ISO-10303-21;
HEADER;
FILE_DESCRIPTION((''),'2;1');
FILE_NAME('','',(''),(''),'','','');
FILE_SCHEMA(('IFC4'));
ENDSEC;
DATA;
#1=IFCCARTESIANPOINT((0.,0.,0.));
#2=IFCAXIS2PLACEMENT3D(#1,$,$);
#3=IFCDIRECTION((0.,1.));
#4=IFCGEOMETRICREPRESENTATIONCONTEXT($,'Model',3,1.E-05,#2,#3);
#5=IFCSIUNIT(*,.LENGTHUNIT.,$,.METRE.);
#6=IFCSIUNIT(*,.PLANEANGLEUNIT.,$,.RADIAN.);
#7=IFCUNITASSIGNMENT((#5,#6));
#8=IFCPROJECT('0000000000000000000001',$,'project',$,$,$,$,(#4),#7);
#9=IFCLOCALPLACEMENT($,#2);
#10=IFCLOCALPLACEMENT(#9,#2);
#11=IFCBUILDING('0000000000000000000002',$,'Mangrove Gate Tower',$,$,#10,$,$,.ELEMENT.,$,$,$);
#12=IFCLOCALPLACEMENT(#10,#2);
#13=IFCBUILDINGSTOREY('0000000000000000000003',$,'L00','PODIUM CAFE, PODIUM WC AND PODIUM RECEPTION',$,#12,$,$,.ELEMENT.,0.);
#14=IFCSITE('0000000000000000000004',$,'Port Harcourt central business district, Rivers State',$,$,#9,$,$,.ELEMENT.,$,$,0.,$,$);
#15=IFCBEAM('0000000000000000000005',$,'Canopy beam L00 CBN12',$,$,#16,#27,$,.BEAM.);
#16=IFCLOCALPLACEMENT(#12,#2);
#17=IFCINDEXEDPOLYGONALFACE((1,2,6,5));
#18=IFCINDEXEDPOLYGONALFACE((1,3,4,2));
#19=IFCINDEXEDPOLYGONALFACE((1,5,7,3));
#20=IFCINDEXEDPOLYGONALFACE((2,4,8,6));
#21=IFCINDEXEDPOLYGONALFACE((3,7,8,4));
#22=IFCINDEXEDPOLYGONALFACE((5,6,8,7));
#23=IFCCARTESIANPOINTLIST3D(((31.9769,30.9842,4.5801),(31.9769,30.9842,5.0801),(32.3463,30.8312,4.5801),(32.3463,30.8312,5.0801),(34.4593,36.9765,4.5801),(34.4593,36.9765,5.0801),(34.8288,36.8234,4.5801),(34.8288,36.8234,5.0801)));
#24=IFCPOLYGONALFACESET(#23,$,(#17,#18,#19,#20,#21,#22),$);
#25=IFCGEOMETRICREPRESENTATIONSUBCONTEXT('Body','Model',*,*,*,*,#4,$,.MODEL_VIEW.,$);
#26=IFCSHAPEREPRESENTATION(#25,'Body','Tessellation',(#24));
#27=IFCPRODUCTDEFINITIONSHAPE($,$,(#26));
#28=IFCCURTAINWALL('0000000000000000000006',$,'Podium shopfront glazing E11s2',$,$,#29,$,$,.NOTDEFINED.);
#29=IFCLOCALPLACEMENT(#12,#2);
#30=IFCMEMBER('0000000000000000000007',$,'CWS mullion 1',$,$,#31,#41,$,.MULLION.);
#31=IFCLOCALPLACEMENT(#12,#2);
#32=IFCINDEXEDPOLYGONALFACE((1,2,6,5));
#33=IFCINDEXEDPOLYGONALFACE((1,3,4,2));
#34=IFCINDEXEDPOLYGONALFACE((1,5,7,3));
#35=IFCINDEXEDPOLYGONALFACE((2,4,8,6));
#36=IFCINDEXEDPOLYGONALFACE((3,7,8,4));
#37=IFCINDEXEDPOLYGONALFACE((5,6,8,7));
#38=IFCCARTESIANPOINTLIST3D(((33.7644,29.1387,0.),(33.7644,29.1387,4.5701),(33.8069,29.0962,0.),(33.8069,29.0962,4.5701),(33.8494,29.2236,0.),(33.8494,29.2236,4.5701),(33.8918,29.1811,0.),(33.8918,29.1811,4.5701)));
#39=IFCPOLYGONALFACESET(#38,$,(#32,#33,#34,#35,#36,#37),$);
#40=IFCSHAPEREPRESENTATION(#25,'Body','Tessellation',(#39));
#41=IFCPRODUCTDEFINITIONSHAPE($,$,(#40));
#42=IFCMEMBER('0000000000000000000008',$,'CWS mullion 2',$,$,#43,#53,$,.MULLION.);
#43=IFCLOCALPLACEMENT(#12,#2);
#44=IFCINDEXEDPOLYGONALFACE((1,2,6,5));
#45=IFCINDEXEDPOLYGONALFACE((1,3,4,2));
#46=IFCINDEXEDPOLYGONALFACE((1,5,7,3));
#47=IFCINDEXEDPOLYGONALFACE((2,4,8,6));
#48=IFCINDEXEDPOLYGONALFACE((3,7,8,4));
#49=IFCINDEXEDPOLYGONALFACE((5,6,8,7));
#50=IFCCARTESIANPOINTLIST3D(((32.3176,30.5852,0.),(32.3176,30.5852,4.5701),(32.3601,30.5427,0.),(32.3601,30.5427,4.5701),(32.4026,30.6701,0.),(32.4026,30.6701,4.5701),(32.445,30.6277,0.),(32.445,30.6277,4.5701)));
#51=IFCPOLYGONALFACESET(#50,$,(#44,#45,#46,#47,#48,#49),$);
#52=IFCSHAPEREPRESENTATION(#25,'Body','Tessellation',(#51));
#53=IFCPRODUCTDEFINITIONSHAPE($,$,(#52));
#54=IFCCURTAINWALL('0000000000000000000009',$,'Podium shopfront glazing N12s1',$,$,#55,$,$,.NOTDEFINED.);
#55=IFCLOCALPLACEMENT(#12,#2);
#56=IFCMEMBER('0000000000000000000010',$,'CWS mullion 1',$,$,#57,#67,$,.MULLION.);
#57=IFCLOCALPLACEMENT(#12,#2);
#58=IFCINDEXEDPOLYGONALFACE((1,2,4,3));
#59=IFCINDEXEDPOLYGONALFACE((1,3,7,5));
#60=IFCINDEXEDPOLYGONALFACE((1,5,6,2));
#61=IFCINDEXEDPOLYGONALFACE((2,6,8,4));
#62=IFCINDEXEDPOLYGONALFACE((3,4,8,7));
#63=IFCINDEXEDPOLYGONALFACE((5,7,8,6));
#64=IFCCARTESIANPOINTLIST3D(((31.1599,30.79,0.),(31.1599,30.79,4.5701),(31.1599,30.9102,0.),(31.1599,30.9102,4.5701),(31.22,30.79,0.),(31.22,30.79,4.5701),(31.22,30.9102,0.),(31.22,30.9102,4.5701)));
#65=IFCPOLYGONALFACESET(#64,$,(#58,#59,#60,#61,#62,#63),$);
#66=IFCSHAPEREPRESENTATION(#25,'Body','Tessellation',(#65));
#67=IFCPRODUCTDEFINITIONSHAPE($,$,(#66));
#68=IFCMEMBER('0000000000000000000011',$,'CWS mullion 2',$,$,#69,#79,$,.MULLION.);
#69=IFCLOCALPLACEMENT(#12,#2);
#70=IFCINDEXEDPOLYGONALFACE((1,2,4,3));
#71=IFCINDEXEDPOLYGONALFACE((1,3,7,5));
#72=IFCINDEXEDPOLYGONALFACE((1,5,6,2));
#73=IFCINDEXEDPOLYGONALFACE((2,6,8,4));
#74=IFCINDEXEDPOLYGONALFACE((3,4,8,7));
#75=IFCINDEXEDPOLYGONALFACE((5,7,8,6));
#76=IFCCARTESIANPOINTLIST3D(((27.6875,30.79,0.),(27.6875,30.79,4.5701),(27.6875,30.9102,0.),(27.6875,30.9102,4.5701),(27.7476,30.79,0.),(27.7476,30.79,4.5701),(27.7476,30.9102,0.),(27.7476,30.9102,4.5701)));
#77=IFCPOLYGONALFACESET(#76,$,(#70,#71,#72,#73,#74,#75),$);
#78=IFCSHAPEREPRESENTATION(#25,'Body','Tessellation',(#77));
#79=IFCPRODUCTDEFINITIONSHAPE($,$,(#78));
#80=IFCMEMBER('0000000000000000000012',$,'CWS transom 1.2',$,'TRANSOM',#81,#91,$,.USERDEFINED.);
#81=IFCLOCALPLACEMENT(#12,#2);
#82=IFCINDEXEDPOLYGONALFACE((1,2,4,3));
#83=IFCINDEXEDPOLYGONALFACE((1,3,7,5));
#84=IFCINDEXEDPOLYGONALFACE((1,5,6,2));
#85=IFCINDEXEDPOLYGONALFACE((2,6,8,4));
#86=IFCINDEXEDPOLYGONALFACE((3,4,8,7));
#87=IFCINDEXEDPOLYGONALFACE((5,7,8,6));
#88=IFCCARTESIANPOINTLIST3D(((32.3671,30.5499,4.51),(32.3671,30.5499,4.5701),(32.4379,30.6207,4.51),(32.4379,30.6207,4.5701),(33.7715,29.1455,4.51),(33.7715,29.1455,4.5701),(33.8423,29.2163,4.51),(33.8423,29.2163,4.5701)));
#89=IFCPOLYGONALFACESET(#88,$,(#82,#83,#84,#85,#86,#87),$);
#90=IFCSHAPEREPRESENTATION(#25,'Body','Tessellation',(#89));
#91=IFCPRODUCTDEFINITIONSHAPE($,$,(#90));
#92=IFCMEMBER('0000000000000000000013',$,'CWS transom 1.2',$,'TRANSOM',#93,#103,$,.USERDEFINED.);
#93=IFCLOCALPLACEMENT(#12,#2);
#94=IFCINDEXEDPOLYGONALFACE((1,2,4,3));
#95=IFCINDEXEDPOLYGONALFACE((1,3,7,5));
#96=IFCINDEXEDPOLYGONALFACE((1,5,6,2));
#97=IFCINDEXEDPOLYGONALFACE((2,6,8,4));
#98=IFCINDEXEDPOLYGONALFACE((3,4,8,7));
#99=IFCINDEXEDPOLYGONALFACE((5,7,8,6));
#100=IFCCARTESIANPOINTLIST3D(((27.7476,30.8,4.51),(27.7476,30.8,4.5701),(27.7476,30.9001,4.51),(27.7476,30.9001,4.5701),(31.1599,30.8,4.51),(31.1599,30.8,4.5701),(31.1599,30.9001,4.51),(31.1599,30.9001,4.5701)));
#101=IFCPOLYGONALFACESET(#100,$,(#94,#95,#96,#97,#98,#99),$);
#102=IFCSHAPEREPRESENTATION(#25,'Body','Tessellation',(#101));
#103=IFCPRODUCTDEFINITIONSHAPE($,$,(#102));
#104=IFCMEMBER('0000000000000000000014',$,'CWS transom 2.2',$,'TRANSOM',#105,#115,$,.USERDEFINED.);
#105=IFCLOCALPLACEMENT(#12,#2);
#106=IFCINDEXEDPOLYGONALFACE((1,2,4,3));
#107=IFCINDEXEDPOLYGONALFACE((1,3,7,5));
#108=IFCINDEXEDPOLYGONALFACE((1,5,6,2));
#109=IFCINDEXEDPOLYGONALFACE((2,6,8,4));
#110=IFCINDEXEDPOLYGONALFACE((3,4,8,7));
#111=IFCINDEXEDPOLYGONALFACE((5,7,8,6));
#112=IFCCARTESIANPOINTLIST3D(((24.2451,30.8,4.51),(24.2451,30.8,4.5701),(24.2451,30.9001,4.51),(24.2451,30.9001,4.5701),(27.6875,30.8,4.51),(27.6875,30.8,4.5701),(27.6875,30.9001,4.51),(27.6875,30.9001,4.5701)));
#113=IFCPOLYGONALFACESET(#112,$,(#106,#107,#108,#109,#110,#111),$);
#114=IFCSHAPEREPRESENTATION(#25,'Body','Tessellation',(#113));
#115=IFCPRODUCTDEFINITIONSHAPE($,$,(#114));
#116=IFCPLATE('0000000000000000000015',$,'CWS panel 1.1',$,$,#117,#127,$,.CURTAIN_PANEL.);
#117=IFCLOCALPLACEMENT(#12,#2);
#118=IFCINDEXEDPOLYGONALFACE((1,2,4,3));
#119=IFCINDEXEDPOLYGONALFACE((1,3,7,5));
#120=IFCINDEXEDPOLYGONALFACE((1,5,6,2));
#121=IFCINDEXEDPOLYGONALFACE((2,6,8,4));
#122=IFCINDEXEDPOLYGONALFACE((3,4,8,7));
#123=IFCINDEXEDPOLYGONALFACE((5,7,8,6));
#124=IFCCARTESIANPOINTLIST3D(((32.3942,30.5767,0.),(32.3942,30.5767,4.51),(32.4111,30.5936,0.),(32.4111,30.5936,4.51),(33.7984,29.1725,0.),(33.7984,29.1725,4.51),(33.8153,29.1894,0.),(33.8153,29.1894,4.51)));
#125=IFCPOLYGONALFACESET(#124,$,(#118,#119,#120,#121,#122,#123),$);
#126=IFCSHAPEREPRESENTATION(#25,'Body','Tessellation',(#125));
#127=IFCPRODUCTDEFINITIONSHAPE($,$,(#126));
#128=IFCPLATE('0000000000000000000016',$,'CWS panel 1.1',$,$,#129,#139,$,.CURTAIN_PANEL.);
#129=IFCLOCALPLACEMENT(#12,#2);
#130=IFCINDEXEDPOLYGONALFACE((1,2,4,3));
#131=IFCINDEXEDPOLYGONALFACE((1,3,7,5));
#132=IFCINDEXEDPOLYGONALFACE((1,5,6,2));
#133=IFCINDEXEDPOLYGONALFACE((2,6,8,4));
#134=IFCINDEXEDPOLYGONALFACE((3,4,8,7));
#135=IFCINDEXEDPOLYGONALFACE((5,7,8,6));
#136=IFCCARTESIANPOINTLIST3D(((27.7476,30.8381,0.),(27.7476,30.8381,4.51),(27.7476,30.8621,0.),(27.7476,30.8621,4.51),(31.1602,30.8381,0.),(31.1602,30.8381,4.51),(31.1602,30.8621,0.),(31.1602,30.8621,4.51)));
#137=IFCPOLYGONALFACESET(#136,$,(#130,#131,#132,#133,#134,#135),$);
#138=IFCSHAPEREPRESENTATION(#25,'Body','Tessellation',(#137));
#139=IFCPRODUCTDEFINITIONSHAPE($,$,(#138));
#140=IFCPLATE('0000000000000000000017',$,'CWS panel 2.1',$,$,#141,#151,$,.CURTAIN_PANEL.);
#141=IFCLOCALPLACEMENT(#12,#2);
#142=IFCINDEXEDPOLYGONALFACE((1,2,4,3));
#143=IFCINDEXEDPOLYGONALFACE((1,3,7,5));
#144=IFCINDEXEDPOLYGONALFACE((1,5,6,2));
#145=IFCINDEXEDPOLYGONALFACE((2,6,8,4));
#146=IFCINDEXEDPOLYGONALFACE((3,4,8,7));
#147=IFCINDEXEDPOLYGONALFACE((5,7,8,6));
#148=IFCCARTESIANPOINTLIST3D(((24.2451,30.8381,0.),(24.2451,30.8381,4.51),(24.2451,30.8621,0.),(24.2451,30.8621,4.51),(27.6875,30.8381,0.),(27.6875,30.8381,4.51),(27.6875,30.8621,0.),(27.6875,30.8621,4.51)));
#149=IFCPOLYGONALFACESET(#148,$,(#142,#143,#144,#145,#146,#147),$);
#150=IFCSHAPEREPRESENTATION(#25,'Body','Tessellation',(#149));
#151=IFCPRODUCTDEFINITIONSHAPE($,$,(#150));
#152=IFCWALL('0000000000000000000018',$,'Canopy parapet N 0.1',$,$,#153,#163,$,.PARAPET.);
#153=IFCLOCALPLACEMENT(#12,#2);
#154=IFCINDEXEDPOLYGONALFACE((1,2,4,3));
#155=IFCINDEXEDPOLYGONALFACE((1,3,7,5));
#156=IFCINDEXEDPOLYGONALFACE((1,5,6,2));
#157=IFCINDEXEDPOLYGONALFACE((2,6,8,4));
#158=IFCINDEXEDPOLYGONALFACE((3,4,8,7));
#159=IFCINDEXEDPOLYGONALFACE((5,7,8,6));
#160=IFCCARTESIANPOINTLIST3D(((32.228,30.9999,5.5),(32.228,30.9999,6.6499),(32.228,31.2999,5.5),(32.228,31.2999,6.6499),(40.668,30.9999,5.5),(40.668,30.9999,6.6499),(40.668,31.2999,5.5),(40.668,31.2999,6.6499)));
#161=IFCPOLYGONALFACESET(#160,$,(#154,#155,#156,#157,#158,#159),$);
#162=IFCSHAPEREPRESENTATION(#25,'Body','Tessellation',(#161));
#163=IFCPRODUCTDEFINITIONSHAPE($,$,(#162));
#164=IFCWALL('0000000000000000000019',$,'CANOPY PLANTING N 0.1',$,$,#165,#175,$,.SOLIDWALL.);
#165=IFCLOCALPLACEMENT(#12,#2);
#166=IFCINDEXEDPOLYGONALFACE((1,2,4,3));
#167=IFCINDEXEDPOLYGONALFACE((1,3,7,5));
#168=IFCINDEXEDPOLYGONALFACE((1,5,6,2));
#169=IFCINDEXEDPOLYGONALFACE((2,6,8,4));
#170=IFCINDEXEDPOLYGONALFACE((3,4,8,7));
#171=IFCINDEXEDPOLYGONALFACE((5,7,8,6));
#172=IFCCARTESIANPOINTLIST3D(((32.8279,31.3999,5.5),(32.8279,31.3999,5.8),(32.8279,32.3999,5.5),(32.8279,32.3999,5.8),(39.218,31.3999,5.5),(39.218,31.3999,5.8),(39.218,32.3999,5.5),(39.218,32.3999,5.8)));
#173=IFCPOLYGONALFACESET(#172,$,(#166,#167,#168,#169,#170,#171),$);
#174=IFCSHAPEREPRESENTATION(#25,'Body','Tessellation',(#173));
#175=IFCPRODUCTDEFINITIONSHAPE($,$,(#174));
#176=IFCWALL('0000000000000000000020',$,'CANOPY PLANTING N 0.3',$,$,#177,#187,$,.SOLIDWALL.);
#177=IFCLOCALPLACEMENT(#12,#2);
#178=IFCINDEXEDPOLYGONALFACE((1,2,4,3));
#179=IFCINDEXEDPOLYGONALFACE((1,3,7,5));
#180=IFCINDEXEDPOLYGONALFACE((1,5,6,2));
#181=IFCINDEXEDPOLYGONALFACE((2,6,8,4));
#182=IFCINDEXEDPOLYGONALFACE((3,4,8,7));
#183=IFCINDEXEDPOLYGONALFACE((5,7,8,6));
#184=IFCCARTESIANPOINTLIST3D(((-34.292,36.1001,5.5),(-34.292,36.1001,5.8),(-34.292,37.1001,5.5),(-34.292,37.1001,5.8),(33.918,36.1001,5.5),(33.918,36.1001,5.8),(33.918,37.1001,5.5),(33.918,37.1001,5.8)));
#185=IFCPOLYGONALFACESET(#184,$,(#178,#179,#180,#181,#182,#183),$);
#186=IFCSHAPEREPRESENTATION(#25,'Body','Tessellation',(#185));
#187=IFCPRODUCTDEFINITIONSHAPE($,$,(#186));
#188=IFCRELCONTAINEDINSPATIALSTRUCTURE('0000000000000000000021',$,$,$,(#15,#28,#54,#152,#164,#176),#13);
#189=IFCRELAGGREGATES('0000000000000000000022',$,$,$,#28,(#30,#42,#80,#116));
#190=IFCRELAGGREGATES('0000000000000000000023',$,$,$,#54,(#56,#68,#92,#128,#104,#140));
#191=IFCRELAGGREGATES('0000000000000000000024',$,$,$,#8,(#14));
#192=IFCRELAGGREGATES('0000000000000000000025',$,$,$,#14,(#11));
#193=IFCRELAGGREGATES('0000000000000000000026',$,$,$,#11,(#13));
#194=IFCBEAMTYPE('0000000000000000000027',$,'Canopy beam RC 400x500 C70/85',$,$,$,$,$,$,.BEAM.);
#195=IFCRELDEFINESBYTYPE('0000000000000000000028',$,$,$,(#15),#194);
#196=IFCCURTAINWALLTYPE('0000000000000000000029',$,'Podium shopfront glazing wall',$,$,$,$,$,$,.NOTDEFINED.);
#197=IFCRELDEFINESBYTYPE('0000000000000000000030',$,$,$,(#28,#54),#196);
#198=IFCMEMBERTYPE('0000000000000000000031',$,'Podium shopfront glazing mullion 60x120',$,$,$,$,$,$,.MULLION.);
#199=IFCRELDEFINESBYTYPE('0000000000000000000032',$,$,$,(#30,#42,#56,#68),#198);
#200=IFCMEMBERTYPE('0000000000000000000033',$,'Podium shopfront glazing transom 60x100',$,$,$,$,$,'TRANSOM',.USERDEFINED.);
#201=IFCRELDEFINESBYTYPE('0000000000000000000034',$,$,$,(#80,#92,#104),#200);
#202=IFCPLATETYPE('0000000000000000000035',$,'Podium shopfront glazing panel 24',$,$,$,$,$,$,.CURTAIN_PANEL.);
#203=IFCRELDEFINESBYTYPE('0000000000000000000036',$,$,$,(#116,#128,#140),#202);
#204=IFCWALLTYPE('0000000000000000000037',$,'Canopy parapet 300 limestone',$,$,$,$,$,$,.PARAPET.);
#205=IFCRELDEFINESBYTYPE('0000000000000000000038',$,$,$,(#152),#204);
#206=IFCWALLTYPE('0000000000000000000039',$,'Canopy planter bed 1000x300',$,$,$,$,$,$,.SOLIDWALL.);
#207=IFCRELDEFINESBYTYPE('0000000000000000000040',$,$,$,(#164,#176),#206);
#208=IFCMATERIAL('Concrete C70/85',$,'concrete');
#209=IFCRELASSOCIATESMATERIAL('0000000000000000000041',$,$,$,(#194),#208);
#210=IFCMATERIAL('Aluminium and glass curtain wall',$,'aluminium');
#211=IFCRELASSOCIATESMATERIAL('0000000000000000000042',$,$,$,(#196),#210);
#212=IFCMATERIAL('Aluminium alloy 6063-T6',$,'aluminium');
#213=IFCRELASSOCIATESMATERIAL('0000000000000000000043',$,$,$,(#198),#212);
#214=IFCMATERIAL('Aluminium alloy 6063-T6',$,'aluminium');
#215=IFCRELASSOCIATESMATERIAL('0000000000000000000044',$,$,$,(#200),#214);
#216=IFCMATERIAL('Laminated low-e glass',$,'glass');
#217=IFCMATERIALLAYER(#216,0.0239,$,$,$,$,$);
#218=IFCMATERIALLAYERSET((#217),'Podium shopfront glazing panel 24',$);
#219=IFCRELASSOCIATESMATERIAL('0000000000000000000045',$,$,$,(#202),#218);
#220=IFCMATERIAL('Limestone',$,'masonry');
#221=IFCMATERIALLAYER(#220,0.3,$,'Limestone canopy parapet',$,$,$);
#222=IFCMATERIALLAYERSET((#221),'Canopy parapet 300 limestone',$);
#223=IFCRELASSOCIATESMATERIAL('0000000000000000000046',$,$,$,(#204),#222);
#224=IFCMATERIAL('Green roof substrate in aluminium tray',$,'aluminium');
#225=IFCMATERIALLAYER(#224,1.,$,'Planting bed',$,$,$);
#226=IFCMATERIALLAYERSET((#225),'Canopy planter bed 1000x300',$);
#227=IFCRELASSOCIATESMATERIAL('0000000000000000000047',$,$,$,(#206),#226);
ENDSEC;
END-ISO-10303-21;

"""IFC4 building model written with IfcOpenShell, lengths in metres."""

from ifc_helpers import new_model, si_unit, direction, frame, frame_2d, origin, origin_2d, place, context, subcontext, project, spatial, rectangle, extrude, material, layer, layer_set, material_profile, profile_set, type_object, element, aggregate, save


model = new_model("IFC4")

# Units and contexts
model_context = context("Model", 3, precision=1e-05, world=origin(), true_north=direction((0.0, 1.0)))
body_context = subcontext(model_context, "Body", "Model", "MODEL_VIEW")
ifc_project = project(units=[si_unit("LENGTHUNIT", "METRE"), si_unit("PLANEANGLEUNIT", "RADIAN")], contexts=[model_context])

# Site, building, storey
site_placement = place(None, origin())
site = spatial("IfcSite", under=ifc_project, at=site_placement, Name="Port Harcourt central business district, Rivers State", CompositionType="ELEMENT", RefElevation=0.0)
building_placement = place(site_placement, origin())
building = spatial("IfcBuilding", under=site, at=building_placement, Name="Mangrove Gate Tower", CompositionType="ELEMENT")
storey_placement = place(building_placement, origin())
storey = spatial("IfcBuildingStorey", under=building, at=storey_placement, Name="L00", Description="PODIUM CAFE, PODIUM WC AND PODIUM RECEPTION", CompositionType="ELEMENT", Elevation=0.0)

# Beam
ifc_material_1 = material(Name="Concrete C70/85", Category="concrete")
ifc_material_profile_1 = material_profile(ifc_material_1, rectangle(XDim=0.3999, YDim=0.5, at=origin_2d()))
ifc_profile_set_1 = profile_set([ifc_material_profile_1], Name="Concrete C70/85")
beam_type = type_object("IfcBeamType", Name="Canopy beam RC 400x500 C70/85", PredefinedType="BEAM", material=ifc_profile_set_1)
beam_1_placement = place(storey_placement, frame((32.1616, 30.9077, 4.8301), z_axis=(0.382733, 0.923859, 0.0), x_axis=(-0.923859, 0.382733, 0.0)))
element("IfcBeam", 1, at=beam_1_placement, inside=storey, type_object=beam_type, Name="Canopy beam L00 CBN12", PredefinedType="BEAM", context=body_context, shape_type="SweptSolid", body=[
    extrude(rectangle(XDim=0.3999, YDim=0.5, at=origin_2d()), origin(), (0.0, 0.0, 1.0), 6.4861),
])

# Curtain walls, members
ifc_material_2 = material(Name="Aluminium and glass curtain wall", Category="aluminium")
curtain_wall_type = type_object("IfcCurtainWallType", Name="Podium shopfront glazing wall", PredefinedType="NOTDEFINED", material=ifc_material_2)
curtain_wall_1_placement = place(storey_placement, origin())
curtain_wall_1 = element("IfcCurtainWall", 2, at=curtain_wall_1_placement, inside=storey, type_object=curtain_wall_type, Name="Podium shopfront glazing E11s2", PredefinedType="NOTDEFINED")
ifc_material_3 = material(Name="Aluminium alloy 6063-T6", Category="aluminium")
ifc_material_profile_2 = material_profile(ifc_material_3, rectangle(XDim=0.0601, YDim=0.1201, at=origin_2d()))
ifc_profile_set_2 = profile_set([ifc_material_profile_2], Name="Aluminium alloy 6063-T6")
member_type_1 = type_object("IfcMemberType", Name="Podium shopfront glazing mullion 60x120", PredefinedType="MULLION", material=ifc_profile_set_2)
member_1_placement = place(storey_placement, frame((33.8281, 29.1599, 0.0), z_axis=(0.0, 0.0, 1.0), x_axis=(-0.707107, 0.707107, 0.0)))
member_1 = element("IfcMember", 3, at=member_1_placement, type_object=member_type_1, Name="CWS mullion 1", PredefinedType="MULLION", context=body_context, shape_type="SweptSolid", body=[
    extrude(rectangle(XDim=0.0601, YDim=0.1201, at=origin_2d()), origin(), (0.0, 0.0, 1.0), 4.5701),
])
member_2_placement = place(storey_placement, frame((32.3813, 30.6064, 0.0), z_axis=(0.0, 0.0, 1.0), x_axis=(-0.707107, 0.707107, 0.0)))
member_2 = element("IfcMember", 4, at=member_2_placement, type_object=member_type_1, Name="CWS mullion 2", PredefinedType="MULLION", context=body_context, shape_type="SweptSolid", body=[
    extrude(rectangle(XDim=0.0601, YDim=0.1201, at=origin_2d()), origin(), (0.0, 0.0, 1.0), 4.5701),
])
curtain_wall_2_placement = place(storey_placement, origin())
curtain_wall_2 = element("IfcCurtainWall", 5, at=curtain_wall_2_placement, inside=storey, type_object=curtain_wall_type, Name="Podium shopfront glazing N12s1", PredefinedType="NOTDEFINED")
member_3_placement = place(storey_placement, frame((31.1899, 30.8501, 0.0), z_axis=(0.0, 0.0, 1.0), x_axis=(-1.0, 0.0, 0.0)))
member_3 = element("IfcMember", 6, at=member_3_placement, type_object=member_type_1, Name="CWS mullion 1", PredefinedType="MULLION", context=body_context, shape_type="SweptSolid", body=[
    extrude(rectangle(XDim=0.0601, YDim=0.1201, at=origin_2d()), origin(), (0.0, 0.0, 1.0), 4.5701),
])
member_4_placement = place(storey_placement, frame((27.7175, 30.8501, 0.0), z_axis=(0.0, 0.0, 1.0), x_axis=(-1.0, 0.0, 0.0)))
member_4 = element("IfcMember", 7, at=member_4_placement, type_object=member_type_1, Name="CWS mullion 2", PredefinedType="MULLION", context=body_context, shape_type="SweptSolid", body=[
    extrude(rectangle(XDim=0.0601, YDim=0.1201, at=origin_2d()), origin(), (0.0, 0.0, 1.0), 4.5701),
])

# Members
ifc_material_4 = material(Name="Aluminium alloy 6063-T6", Category="aluminium")
ifc_material_profile_3 = material_profile(ifc_material_4, rectangle(XDim=0.0601, YDim=0.1001, at=origin_2d()))
ifc_profile_set_3 = profile_set([ifc_material_profile_3], Name="Aluminium alloy 6063-T6")
member_type_2 = type_object("IfcMemberType", Name="Podium shopfront glazing transom 60x100", ElementType="TRANSOM", PredefinedType="USERDEFINED", material=ifc_profile_set_3)
member_5_placement = place(storey_placement, frame((33.8069, 29.1809, 4.54), z_axis=(-0.707107, 0.707107, 0.0), x_axis=(0.0, 0.0, 1.0)))
member_5 = element("IfcMember", 8, at=member_5_placement, type_object=member_type_2, Name="CWS transom 1.2", ObjectType="TRANSOM", PredefinedType="USERDEFINED", context=body_context, shape_type="SweptSolid", body=[
    extrude(rectangle(XDim=0.0601, YDim=0.1001, at=origin_2d()), origin(), (0.0, 0.0, 1.0), 1.9861),
])
member_6_placement = place(storey_placement, frame((31.1599, 30.8501, 4.54), z_axis=(-1.0, 0.0, 0.0), x_axis=(0.0, 0.0, 1.0)))
member_6 = element("IfcMember", 9, at=member_6_placement, type_object=member_type_2, Name="CWS transom 1.2", ObjectType="TRANSOM", PredefinedType="USERDEFINED", context=body_context, shape_type="SweptSolid", body=[
    extrude(rectangle(XDim=0.0601, YDim=0.1001, at=origin_2d()), origin(), (0.0, 0.0, 1.0), 3.4124),
])
member_7_placement = place(storey_placement, frame((27.6875, 30.8501, 4.54), z_axis=(-1.0, 0.0, 0.0), x_axis=(0.0, 0.0, 1.0)))
member_7 = element("IfcMember", 10, at=member_7_placement, type_object=member_type_2, Name="CWS transom 2.2", ObjectType="TRANSOM", PredefinedType="USERDEFINED", context=body_context, shape_type="SweptSolid", body=[
    extrude(rectangle(XDim=0.0601, YDim=0.1001, at=origin_2d()), origin(), (0.0, 0.0, 1.0), 3.4424),
])

# Plates
ifc_material_5 = material(Name="Laminated low-e glass", Category="glass")
ifc_layer_1 = layer(ifc_material_5, 0.0239)
ifc_layer_set_1 = layer_set([ifc_layer_1], Name="Podium shopfront glazing panel 24")
plate_type = type_object("IfcPlateType", Name="Podium shopfront glazing panel 24", PredefinedType="CURTAIN_PANEL", material=ifc_layer_set_1)
plate_1_placement = place(storey_placement, frame((33.1047, 29.8831, 0.0), z_axis=(0.0, 0.0, 1.0), x_axis=(-0.707107, 0.707107, 0.0)))
plate_1 = element("IfcPlate", 11, at=plate_1_placement, type_object=plate_type, Name="CWS panel 1.1", PredefinedType="CURTAIN_PANEL", context=body_context, shape_type="SweptSolid", body=[
    extrude(rectangle(XDim=1.9858, YDim=0.0239, at=origin_2d()), origin(), (0.0, 0.0, 1.0), 4.51),
])
aggregate(curtain_wall_1, [member_1, member_2, member_5, plate_1])
plate_2_placement = place(storey_placement, frame((29.4539, 30.8501, 0.0), z_axis=(0.0, 0.0, 1.0), x_axis=(-1.0, 0.0, 0.0)))
plate_2 = element("IfcPlate", 12, at=plate_2_placement, type_object=plate_type, Name="CWS panel 1.1", PredefinedType="CURTAIN_PANEL", context=body_context, shape_type="SweptSolid", body=[
    extrude(rectangle(XDim=3.4126, YDim=0.0239, at=origin_2d()), origin(), (0.0, 0.0, 1.0), 4.51),
])
plate_3_placement = place(storey_placement, frame((25.9663, 30.8501, 0.0), z_axis=(0.0, 0.0, 1.0), x_axis=(-1.0, 0.0, 0.0)))
plate_3 = element("IfcPlate", 13, at=plate_3_placement, type_object=plate_type, Name="CWS panel 2.1", PredefinedType="CURTAIN_PANEL", context=body_context, shape_type="SweptSolid", body=[
    extrude(rectangle(XDim=3.4424, YDim=0.0239, at=origin_2d()), origin(), (0.0, 0.0, 1.0), 4.51),
])
aggregate(curtain_wall_2, [member_3, member_4, member_6, plate_2, member_7, plate_3])

# Walls
ifc_material_6 = material(Name="Limestone", Category="masonry")
ifc_layer_2 = layer(ifc_material_6, 0.3, Name="Limestone canopy parapet")
ifc_layer_set_2 = layer_set([ifc_layer_2], Name="Canopy parapet 300 limestone")
wall_type_1 = type_object("IfcWallType", Name="Canopy parapet 300 limestone", PredefinedType="PARAPET", material=ifc_layer_set_2)
wall_1_placement = place(storey_placement, frame((32.228, 31.1499, 5.5), z_axis=(0.0, 0.0, 1.0), x_axis=(1.0, 0.0, 0.0)))
element("IfcWall", 14, at=wall_1_placement, inside=storey, type_object=wall_type_1, Name="Canopy parapet N 0.1", PredefinedType="PARAPET", context=body_context, shape_type="SweptSolid", body=[
    extrude(rectangle(XDim=8.4399, YDim=0.3, at=frame_2d((4.22, 0.0))), origin(), (0.0, 0.0, 1.0), 1.1499),
])
ifc_material_7 = material(Name="Green roof substrate in aluminium tray", Category="aluminium")
ifc_layer_3 = layer(ifc_material_7, 1.0, Name="Planting bed")
ifc_layer_set_3 = layer_set([ifc_layer_3], Name="Canopy planter bed 1000x300")
wall_type_2 = type_object("IfcWallType", Name="Canopy planter bed 1000x300", PredefinedType="SOLIDWALL", material=ifc_layer_set_3)
wall_2_placement = place(storey_placement, frame((32.8279, 31.8999, 5.5), z_axis=(0.0, 0.0, 1.0), x_axis=(1.0, 0.0, 0.0)))
element("IfcWall", 15, at=wall_2_placement, inside=storey, type_object=wall_type_2, Name="CANOPY PLANTING N 0.1", PredefinedType="SOLIDWALL", context=body_context, shape_type="SweptSolid", body=[
    extrude(rectangle(XDim=6.3901, YDim=1.0, at=frame_2d((3.1951, 0.0))), origin(), (0.0, 0.0, 1.0), 0.3),
])
wall_3_placement = place(storey_placement, frame((33.918, 36.6001, 5.5), z_axis=(0.0, 0.0, 1.0), x_axis=(-1.0, 0.0, 0.0)))
element("IfcWall", 16, at=wall_3_placement, inside=storey, type_object=wall_type_2, Name="CANOPY PLANTING N 0.3", PredefinedType="SOLIDWALL", context=body_context, shape_type="SweptSolid", body=[
    extrude(rectangle(XDim=68.21, YDim=1.0, at=frame_2d((34.105, 0.0))), origin(), (0.0, 0.0, 1.0), 0.3),
])

save(model, "model.ifc")
